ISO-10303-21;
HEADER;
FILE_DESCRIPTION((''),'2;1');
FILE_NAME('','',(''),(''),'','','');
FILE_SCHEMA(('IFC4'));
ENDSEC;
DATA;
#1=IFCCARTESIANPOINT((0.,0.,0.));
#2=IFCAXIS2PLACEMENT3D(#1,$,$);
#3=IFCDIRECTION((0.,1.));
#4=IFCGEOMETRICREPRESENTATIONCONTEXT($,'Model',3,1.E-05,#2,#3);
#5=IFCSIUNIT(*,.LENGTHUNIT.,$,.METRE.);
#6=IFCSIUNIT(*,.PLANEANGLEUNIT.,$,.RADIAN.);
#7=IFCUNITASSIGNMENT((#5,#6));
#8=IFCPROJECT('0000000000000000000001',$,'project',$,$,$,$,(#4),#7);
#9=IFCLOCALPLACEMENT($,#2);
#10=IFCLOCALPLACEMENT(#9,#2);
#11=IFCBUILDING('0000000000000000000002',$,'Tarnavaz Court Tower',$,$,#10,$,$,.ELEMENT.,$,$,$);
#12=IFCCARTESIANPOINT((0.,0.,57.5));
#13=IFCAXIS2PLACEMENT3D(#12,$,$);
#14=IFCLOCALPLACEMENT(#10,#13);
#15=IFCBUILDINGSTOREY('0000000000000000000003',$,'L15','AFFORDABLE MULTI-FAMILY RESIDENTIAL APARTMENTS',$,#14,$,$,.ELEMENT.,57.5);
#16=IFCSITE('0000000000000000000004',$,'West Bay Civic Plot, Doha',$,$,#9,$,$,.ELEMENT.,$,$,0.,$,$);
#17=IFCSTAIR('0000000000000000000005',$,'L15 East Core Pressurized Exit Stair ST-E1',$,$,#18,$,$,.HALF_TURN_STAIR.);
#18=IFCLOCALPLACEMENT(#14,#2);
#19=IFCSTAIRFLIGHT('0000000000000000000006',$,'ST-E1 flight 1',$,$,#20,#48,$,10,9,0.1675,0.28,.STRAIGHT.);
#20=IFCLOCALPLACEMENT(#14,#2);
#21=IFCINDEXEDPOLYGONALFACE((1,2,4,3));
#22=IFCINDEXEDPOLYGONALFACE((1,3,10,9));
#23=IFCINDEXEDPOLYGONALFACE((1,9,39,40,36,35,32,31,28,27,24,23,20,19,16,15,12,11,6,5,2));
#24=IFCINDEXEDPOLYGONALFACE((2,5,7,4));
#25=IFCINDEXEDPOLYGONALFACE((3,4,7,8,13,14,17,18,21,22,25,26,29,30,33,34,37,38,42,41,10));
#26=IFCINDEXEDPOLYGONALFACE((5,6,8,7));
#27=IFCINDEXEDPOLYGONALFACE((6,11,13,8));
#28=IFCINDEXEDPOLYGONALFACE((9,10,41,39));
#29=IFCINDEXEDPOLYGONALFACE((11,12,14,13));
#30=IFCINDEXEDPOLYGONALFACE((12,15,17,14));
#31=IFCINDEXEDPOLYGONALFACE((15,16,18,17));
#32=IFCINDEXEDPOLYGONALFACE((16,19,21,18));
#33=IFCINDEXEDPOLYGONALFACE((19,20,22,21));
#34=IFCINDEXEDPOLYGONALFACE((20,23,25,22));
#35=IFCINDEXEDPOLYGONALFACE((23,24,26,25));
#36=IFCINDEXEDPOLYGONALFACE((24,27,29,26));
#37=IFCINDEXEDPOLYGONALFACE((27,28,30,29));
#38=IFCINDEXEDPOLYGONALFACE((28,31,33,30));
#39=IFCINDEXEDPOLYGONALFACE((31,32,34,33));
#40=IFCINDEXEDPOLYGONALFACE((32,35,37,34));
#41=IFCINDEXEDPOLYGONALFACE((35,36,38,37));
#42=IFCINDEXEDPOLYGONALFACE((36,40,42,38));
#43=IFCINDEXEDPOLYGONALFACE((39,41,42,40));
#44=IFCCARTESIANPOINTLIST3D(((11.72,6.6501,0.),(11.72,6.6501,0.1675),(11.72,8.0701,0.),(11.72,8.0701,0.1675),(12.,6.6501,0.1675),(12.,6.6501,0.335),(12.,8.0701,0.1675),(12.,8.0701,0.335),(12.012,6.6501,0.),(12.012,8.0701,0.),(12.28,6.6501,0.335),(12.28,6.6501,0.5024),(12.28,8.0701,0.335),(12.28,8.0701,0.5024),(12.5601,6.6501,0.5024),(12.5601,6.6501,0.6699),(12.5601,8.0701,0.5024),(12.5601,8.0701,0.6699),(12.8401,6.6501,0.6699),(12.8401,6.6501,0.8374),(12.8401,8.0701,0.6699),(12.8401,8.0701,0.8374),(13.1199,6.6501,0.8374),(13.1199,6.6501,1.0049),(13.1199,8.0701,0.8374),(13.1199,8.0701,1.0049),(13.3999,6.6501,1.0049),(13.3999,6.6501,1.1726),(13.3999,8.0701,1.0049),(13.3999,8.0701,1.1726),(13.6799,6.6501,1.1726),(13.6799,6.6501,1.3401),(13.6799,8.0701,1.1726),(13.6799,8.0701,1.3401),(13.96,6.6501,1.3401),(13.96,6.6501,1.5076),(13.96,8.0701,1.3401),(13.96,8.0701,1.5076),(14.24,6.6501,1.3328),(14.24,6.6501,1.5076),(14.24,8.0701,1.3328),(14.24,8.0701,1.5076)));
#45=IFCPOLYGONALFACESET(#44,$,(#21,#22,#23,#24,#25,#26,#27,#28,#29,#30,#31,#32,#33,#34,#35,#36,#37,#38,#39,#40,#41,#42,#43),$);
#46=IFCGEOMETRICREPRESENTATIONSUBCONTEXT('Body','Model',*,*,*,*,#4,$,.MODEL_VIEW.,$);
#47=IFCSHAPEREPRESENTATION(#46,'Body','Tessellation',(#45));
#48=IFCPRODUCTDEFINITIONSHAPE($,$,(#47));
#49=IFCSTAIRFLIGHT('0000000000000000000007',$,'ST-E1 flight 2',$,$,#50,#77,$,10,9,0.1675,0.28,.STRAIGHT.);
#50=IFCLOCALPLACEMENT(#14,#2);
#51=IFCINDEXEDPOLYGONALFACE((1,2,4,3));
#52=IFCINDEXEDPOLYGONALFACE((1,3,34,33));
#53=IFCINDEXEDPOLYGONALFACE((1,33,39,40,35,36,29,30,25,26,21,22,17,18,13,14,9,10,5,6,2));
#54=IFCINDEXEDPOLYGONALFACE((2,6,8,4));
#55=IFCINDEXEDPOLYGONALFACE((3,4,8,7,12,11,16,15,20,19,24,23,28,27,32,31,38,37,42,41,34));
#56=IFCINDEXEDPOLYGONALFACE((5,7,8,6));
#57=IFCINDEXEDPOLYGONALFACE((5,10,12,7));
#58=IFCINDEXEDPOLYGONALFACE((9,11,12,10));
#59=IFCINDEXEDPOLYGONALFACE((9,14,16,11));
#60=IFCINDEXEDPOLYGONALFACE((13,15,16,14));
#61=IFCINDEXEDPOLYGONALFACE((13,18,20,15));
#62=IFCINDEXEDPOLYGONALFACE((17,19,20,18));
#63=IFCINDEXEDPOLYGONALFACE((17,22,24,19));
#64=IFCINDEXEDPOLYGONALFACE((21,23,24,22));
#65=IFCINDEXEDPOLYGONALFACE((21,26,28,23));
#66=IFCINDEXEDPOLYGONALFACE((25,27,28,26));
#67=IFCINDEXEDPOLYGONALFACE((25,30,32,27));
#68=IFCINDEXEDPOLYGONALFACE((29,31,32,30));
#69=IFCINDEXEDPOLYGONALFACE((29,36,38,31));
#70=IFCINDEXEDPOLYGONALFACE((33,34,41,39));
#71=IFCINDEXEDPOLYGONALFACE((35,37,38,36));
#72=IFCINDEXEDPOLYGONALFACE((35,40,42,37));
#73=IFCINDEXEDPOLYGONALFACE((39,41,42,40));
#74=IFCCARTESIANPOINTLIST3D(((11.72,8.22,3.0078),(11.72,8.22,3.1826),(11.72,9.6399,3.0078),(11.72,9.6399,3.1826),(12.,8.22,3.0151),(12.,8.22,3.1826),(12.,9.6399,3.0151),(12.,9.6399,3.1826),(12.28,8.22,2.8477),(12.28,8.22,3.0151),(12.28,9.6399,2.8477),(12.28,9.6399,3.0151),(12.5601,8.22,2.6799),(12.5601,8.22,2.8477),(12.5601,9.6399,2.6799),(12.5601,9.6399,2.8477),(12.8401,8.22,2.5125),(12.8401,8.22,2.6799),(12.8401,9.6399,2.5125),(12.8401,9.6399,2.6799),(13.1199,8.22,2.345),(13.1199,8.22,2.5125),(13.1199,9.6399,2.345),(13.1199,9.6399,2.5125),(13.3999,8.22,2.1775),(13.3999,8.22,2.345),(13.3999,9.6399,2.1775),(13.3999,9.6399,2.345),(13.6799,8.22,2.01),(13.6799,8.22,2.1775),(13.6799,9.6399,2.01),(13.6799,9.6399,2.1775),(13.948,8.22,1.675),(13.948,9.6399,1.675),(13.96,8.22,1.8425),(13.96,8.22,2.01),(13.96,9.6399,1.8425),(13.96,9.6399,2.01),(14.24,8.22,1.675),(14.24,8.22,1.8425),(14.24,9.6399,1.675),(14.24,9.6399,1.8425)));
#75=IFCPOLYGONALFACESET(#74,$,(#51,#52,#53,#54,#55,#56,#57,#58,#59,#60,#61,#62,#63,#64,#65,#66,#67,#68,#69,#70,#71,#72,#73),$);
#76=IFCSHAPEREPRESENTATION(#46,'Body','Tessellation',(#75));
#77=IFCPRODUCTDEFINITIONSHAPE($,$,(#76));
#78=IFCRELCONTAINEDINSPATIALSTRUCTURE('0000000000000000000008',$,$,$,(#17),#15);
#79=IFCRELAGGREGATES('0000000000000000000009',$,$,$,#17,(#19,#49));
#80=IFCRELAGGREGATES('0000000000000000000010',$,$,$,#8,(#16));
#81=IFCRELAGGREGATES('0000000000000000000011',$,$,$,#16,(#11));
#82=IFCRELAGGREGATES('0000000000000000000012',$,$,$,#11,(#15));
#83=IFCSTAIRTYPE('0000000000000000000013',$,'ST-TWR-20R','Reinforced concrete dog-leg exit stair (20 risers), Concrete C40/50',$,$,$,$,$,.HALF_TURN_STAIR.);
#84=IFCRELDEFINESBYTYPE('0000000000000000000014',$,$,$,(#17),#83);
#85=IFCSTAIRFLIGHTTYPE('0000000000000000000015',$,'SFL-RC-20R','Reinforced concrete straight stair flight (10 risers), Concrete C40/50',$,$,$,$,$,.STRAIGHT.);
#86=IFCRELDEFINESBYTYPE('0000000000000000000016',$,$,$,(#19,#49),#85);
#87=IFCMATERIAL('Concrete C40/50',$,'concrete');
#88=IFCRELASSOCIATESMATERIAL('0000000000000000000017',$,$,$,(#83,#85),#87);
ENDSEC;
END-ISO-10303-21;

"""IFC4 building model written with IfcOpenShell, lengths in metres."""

from ifc_helpers import new_model, si_unit, direction, frame, origin, place, context, subcontext, project, spatial, polyline, outline, extrude, material, type_object, element, aggregate, save


model = new_model("IFC4")

# Units and contexts
model_context = context("Model", 3, precision=1e-05, world=origin(), true_north=direction((0.0, 1.0)))
body_context = subcontext(model_context, "Body", "Model", "MODEL_VIEW")
ifc_project = project(units=[si_unit("LENGTHUNIT", "METRE"), si_unit("PLANEANGLEUNIT", "RADIAN")], contexts=[model_context])

# Site, building, storey
site_placement = place(None, origin())
site = spatial("IfcSite", under=ifc_project, at=site_placement, Name="West Bay Civic Plot, Doha", CompositionType="ELEMENT", RefElevation=0.0)
building_placement = place(site_placement, origin())
building = spatial("IfcBuilding", under=site, at=building_placement, Name="Tarnavaz Court Tower", CompositionType="ELEMENT")
storey_placement = place(building_placement, frame((0.0, 0.0, 57.5)))
storey = spatial("IfcBuildingStorey", under=building, at=storey_placement, Name="L15", Description="AFFORDABLE MULTI-FAMILY RESIDENTIAL APARTMENTS", CompositionType="ELEMENT", Elevation=57.5)

# Stair, stair flights
ifc_material_1 = material(Name="Concrete C40/50", Category="concrete")
stair_type = type_object("IfcStairType", Name="ST-TWR-20R", Description="Reinforced concrete dog-leg exit stair (20 risers), Concrete C40/50", PredefinedType="HALF_TURN_STAIR", material=ifc_material_1)
stair_placement = place(storey_placement, origin())
stair = element("IfcStair", 1, at=stair_placement, inside=storey, type_object=stair_type, Name="L15 East Core Pressurized Exit Stair ST-E1", PredefinedType="HALF_TURN_STAIR")
stair_flight_type = type_object("IfcStairFlightType", Name="SFL-RC-20R", Description="Reinforced concrete straight stair flight (10 risers), Concrete C40/50", PredefinedType="STRAIGHT", material=ifc_material_1)
stair_flight_1_placement = place(storey_placement, frame((11.72, 7.3601, 0.0), z_axis=(0.0, 0.0, 1.0), x_axis=(1.0, 0.0, 0.0)))
stair_flight_1 = element("IfcStairFlight", 2, at=stair_flight_1_placement, type_object=stair_flight_type, Name="ST-E1 flight 1", NumberOfRisers=10, NumberOfTreads=9, PredefinedType="STRAIGHT", RiserHeight=0.1675, TreadLength=0.28, context=body_context, shape_type="SweptSolid", body=[
    extrude(outline(polyline([(0.0, 0.0), (0.0, 0.1675), (0.28, 0.1675), (0.28, 0.335), (0.5601, 0.335), (0.5601, 0.5024), (0.8401, 0.5024), (0.8401, 0.6699), (1.1201, 0.6699), (1.1201, 0.8374), (1.3999, 0.8374), (1.3999, 1.0049), (1.6799, 1.0049), (1.6799, 1.1726), (1.96, 1.1726), (1.96, 1.3401), (2.24, 1.3401), (2.24, 1.5076), (2.52, 1.5076), (2.52, 1.675), (2.52, 1.3328), (0.292, 0.0), (0.0, 0.0)])), frame((0.0, 0.71, 0.0), z_axis=(0.0, -1.0, 0.0), x_axis=(1.0, 0.0, 0.0)), (0.0, 0.0, 1.0), 1.4199),
])
stair_flight_2_placement = place(storey_placement, frame((14.24, 8.9299, 1.675), z_axis=(0.0, 0.0, 1.0), x_axis=(-1.0, 0.0, 0.0)))
stair_flight_2 = element("IfcStairFlight", 3, at=stair_flight_2_placement, type_object=stair_flight_type, Name="ST-E1 flight 2", NumberOfRisers=10, NumberOfTreads=9, PredefinedType="STRAIGHT", RiserHeight=0.1675, TreadLength=0.28, context=body_context, shape_type="SweptSolid", body=[
    extrude(outline(polyline([(0.0, 0.0), (0.0, 0.1675), (0.28, 0.1675), (0.28, 0.335), (0.5601, 0.335), (0.5601, 0.5024), (0.8401, 0.5024), (0.8401, 0.6699), (1.1201, 0.6699), (1.1201, 0.8374), (1.3999, 0.8374), (1.3999, 1.0049), (1.6799, 1.0049), (1.6799, 1.1726), (1.96, 1.1726), (1.96, 1.3401), (2.24, 1.3401), (2.24, 1.5076), (2.52, 1.5076), (2.52, 1.675), (2.52, 1.3328), (0.292, 0.0), (0.0, 0.0)])), frame((0.0, 0.71, 0.0), z_axis=(0.0, -1.0, 0.0), x_axis=(1.0, 0.0, 0.0)), (0.0, 0.0, 1.0), 1.4199),
])
aggregate(stair, [stair_flight_1, stair_flight_2])

save(model, "model.ifc")
